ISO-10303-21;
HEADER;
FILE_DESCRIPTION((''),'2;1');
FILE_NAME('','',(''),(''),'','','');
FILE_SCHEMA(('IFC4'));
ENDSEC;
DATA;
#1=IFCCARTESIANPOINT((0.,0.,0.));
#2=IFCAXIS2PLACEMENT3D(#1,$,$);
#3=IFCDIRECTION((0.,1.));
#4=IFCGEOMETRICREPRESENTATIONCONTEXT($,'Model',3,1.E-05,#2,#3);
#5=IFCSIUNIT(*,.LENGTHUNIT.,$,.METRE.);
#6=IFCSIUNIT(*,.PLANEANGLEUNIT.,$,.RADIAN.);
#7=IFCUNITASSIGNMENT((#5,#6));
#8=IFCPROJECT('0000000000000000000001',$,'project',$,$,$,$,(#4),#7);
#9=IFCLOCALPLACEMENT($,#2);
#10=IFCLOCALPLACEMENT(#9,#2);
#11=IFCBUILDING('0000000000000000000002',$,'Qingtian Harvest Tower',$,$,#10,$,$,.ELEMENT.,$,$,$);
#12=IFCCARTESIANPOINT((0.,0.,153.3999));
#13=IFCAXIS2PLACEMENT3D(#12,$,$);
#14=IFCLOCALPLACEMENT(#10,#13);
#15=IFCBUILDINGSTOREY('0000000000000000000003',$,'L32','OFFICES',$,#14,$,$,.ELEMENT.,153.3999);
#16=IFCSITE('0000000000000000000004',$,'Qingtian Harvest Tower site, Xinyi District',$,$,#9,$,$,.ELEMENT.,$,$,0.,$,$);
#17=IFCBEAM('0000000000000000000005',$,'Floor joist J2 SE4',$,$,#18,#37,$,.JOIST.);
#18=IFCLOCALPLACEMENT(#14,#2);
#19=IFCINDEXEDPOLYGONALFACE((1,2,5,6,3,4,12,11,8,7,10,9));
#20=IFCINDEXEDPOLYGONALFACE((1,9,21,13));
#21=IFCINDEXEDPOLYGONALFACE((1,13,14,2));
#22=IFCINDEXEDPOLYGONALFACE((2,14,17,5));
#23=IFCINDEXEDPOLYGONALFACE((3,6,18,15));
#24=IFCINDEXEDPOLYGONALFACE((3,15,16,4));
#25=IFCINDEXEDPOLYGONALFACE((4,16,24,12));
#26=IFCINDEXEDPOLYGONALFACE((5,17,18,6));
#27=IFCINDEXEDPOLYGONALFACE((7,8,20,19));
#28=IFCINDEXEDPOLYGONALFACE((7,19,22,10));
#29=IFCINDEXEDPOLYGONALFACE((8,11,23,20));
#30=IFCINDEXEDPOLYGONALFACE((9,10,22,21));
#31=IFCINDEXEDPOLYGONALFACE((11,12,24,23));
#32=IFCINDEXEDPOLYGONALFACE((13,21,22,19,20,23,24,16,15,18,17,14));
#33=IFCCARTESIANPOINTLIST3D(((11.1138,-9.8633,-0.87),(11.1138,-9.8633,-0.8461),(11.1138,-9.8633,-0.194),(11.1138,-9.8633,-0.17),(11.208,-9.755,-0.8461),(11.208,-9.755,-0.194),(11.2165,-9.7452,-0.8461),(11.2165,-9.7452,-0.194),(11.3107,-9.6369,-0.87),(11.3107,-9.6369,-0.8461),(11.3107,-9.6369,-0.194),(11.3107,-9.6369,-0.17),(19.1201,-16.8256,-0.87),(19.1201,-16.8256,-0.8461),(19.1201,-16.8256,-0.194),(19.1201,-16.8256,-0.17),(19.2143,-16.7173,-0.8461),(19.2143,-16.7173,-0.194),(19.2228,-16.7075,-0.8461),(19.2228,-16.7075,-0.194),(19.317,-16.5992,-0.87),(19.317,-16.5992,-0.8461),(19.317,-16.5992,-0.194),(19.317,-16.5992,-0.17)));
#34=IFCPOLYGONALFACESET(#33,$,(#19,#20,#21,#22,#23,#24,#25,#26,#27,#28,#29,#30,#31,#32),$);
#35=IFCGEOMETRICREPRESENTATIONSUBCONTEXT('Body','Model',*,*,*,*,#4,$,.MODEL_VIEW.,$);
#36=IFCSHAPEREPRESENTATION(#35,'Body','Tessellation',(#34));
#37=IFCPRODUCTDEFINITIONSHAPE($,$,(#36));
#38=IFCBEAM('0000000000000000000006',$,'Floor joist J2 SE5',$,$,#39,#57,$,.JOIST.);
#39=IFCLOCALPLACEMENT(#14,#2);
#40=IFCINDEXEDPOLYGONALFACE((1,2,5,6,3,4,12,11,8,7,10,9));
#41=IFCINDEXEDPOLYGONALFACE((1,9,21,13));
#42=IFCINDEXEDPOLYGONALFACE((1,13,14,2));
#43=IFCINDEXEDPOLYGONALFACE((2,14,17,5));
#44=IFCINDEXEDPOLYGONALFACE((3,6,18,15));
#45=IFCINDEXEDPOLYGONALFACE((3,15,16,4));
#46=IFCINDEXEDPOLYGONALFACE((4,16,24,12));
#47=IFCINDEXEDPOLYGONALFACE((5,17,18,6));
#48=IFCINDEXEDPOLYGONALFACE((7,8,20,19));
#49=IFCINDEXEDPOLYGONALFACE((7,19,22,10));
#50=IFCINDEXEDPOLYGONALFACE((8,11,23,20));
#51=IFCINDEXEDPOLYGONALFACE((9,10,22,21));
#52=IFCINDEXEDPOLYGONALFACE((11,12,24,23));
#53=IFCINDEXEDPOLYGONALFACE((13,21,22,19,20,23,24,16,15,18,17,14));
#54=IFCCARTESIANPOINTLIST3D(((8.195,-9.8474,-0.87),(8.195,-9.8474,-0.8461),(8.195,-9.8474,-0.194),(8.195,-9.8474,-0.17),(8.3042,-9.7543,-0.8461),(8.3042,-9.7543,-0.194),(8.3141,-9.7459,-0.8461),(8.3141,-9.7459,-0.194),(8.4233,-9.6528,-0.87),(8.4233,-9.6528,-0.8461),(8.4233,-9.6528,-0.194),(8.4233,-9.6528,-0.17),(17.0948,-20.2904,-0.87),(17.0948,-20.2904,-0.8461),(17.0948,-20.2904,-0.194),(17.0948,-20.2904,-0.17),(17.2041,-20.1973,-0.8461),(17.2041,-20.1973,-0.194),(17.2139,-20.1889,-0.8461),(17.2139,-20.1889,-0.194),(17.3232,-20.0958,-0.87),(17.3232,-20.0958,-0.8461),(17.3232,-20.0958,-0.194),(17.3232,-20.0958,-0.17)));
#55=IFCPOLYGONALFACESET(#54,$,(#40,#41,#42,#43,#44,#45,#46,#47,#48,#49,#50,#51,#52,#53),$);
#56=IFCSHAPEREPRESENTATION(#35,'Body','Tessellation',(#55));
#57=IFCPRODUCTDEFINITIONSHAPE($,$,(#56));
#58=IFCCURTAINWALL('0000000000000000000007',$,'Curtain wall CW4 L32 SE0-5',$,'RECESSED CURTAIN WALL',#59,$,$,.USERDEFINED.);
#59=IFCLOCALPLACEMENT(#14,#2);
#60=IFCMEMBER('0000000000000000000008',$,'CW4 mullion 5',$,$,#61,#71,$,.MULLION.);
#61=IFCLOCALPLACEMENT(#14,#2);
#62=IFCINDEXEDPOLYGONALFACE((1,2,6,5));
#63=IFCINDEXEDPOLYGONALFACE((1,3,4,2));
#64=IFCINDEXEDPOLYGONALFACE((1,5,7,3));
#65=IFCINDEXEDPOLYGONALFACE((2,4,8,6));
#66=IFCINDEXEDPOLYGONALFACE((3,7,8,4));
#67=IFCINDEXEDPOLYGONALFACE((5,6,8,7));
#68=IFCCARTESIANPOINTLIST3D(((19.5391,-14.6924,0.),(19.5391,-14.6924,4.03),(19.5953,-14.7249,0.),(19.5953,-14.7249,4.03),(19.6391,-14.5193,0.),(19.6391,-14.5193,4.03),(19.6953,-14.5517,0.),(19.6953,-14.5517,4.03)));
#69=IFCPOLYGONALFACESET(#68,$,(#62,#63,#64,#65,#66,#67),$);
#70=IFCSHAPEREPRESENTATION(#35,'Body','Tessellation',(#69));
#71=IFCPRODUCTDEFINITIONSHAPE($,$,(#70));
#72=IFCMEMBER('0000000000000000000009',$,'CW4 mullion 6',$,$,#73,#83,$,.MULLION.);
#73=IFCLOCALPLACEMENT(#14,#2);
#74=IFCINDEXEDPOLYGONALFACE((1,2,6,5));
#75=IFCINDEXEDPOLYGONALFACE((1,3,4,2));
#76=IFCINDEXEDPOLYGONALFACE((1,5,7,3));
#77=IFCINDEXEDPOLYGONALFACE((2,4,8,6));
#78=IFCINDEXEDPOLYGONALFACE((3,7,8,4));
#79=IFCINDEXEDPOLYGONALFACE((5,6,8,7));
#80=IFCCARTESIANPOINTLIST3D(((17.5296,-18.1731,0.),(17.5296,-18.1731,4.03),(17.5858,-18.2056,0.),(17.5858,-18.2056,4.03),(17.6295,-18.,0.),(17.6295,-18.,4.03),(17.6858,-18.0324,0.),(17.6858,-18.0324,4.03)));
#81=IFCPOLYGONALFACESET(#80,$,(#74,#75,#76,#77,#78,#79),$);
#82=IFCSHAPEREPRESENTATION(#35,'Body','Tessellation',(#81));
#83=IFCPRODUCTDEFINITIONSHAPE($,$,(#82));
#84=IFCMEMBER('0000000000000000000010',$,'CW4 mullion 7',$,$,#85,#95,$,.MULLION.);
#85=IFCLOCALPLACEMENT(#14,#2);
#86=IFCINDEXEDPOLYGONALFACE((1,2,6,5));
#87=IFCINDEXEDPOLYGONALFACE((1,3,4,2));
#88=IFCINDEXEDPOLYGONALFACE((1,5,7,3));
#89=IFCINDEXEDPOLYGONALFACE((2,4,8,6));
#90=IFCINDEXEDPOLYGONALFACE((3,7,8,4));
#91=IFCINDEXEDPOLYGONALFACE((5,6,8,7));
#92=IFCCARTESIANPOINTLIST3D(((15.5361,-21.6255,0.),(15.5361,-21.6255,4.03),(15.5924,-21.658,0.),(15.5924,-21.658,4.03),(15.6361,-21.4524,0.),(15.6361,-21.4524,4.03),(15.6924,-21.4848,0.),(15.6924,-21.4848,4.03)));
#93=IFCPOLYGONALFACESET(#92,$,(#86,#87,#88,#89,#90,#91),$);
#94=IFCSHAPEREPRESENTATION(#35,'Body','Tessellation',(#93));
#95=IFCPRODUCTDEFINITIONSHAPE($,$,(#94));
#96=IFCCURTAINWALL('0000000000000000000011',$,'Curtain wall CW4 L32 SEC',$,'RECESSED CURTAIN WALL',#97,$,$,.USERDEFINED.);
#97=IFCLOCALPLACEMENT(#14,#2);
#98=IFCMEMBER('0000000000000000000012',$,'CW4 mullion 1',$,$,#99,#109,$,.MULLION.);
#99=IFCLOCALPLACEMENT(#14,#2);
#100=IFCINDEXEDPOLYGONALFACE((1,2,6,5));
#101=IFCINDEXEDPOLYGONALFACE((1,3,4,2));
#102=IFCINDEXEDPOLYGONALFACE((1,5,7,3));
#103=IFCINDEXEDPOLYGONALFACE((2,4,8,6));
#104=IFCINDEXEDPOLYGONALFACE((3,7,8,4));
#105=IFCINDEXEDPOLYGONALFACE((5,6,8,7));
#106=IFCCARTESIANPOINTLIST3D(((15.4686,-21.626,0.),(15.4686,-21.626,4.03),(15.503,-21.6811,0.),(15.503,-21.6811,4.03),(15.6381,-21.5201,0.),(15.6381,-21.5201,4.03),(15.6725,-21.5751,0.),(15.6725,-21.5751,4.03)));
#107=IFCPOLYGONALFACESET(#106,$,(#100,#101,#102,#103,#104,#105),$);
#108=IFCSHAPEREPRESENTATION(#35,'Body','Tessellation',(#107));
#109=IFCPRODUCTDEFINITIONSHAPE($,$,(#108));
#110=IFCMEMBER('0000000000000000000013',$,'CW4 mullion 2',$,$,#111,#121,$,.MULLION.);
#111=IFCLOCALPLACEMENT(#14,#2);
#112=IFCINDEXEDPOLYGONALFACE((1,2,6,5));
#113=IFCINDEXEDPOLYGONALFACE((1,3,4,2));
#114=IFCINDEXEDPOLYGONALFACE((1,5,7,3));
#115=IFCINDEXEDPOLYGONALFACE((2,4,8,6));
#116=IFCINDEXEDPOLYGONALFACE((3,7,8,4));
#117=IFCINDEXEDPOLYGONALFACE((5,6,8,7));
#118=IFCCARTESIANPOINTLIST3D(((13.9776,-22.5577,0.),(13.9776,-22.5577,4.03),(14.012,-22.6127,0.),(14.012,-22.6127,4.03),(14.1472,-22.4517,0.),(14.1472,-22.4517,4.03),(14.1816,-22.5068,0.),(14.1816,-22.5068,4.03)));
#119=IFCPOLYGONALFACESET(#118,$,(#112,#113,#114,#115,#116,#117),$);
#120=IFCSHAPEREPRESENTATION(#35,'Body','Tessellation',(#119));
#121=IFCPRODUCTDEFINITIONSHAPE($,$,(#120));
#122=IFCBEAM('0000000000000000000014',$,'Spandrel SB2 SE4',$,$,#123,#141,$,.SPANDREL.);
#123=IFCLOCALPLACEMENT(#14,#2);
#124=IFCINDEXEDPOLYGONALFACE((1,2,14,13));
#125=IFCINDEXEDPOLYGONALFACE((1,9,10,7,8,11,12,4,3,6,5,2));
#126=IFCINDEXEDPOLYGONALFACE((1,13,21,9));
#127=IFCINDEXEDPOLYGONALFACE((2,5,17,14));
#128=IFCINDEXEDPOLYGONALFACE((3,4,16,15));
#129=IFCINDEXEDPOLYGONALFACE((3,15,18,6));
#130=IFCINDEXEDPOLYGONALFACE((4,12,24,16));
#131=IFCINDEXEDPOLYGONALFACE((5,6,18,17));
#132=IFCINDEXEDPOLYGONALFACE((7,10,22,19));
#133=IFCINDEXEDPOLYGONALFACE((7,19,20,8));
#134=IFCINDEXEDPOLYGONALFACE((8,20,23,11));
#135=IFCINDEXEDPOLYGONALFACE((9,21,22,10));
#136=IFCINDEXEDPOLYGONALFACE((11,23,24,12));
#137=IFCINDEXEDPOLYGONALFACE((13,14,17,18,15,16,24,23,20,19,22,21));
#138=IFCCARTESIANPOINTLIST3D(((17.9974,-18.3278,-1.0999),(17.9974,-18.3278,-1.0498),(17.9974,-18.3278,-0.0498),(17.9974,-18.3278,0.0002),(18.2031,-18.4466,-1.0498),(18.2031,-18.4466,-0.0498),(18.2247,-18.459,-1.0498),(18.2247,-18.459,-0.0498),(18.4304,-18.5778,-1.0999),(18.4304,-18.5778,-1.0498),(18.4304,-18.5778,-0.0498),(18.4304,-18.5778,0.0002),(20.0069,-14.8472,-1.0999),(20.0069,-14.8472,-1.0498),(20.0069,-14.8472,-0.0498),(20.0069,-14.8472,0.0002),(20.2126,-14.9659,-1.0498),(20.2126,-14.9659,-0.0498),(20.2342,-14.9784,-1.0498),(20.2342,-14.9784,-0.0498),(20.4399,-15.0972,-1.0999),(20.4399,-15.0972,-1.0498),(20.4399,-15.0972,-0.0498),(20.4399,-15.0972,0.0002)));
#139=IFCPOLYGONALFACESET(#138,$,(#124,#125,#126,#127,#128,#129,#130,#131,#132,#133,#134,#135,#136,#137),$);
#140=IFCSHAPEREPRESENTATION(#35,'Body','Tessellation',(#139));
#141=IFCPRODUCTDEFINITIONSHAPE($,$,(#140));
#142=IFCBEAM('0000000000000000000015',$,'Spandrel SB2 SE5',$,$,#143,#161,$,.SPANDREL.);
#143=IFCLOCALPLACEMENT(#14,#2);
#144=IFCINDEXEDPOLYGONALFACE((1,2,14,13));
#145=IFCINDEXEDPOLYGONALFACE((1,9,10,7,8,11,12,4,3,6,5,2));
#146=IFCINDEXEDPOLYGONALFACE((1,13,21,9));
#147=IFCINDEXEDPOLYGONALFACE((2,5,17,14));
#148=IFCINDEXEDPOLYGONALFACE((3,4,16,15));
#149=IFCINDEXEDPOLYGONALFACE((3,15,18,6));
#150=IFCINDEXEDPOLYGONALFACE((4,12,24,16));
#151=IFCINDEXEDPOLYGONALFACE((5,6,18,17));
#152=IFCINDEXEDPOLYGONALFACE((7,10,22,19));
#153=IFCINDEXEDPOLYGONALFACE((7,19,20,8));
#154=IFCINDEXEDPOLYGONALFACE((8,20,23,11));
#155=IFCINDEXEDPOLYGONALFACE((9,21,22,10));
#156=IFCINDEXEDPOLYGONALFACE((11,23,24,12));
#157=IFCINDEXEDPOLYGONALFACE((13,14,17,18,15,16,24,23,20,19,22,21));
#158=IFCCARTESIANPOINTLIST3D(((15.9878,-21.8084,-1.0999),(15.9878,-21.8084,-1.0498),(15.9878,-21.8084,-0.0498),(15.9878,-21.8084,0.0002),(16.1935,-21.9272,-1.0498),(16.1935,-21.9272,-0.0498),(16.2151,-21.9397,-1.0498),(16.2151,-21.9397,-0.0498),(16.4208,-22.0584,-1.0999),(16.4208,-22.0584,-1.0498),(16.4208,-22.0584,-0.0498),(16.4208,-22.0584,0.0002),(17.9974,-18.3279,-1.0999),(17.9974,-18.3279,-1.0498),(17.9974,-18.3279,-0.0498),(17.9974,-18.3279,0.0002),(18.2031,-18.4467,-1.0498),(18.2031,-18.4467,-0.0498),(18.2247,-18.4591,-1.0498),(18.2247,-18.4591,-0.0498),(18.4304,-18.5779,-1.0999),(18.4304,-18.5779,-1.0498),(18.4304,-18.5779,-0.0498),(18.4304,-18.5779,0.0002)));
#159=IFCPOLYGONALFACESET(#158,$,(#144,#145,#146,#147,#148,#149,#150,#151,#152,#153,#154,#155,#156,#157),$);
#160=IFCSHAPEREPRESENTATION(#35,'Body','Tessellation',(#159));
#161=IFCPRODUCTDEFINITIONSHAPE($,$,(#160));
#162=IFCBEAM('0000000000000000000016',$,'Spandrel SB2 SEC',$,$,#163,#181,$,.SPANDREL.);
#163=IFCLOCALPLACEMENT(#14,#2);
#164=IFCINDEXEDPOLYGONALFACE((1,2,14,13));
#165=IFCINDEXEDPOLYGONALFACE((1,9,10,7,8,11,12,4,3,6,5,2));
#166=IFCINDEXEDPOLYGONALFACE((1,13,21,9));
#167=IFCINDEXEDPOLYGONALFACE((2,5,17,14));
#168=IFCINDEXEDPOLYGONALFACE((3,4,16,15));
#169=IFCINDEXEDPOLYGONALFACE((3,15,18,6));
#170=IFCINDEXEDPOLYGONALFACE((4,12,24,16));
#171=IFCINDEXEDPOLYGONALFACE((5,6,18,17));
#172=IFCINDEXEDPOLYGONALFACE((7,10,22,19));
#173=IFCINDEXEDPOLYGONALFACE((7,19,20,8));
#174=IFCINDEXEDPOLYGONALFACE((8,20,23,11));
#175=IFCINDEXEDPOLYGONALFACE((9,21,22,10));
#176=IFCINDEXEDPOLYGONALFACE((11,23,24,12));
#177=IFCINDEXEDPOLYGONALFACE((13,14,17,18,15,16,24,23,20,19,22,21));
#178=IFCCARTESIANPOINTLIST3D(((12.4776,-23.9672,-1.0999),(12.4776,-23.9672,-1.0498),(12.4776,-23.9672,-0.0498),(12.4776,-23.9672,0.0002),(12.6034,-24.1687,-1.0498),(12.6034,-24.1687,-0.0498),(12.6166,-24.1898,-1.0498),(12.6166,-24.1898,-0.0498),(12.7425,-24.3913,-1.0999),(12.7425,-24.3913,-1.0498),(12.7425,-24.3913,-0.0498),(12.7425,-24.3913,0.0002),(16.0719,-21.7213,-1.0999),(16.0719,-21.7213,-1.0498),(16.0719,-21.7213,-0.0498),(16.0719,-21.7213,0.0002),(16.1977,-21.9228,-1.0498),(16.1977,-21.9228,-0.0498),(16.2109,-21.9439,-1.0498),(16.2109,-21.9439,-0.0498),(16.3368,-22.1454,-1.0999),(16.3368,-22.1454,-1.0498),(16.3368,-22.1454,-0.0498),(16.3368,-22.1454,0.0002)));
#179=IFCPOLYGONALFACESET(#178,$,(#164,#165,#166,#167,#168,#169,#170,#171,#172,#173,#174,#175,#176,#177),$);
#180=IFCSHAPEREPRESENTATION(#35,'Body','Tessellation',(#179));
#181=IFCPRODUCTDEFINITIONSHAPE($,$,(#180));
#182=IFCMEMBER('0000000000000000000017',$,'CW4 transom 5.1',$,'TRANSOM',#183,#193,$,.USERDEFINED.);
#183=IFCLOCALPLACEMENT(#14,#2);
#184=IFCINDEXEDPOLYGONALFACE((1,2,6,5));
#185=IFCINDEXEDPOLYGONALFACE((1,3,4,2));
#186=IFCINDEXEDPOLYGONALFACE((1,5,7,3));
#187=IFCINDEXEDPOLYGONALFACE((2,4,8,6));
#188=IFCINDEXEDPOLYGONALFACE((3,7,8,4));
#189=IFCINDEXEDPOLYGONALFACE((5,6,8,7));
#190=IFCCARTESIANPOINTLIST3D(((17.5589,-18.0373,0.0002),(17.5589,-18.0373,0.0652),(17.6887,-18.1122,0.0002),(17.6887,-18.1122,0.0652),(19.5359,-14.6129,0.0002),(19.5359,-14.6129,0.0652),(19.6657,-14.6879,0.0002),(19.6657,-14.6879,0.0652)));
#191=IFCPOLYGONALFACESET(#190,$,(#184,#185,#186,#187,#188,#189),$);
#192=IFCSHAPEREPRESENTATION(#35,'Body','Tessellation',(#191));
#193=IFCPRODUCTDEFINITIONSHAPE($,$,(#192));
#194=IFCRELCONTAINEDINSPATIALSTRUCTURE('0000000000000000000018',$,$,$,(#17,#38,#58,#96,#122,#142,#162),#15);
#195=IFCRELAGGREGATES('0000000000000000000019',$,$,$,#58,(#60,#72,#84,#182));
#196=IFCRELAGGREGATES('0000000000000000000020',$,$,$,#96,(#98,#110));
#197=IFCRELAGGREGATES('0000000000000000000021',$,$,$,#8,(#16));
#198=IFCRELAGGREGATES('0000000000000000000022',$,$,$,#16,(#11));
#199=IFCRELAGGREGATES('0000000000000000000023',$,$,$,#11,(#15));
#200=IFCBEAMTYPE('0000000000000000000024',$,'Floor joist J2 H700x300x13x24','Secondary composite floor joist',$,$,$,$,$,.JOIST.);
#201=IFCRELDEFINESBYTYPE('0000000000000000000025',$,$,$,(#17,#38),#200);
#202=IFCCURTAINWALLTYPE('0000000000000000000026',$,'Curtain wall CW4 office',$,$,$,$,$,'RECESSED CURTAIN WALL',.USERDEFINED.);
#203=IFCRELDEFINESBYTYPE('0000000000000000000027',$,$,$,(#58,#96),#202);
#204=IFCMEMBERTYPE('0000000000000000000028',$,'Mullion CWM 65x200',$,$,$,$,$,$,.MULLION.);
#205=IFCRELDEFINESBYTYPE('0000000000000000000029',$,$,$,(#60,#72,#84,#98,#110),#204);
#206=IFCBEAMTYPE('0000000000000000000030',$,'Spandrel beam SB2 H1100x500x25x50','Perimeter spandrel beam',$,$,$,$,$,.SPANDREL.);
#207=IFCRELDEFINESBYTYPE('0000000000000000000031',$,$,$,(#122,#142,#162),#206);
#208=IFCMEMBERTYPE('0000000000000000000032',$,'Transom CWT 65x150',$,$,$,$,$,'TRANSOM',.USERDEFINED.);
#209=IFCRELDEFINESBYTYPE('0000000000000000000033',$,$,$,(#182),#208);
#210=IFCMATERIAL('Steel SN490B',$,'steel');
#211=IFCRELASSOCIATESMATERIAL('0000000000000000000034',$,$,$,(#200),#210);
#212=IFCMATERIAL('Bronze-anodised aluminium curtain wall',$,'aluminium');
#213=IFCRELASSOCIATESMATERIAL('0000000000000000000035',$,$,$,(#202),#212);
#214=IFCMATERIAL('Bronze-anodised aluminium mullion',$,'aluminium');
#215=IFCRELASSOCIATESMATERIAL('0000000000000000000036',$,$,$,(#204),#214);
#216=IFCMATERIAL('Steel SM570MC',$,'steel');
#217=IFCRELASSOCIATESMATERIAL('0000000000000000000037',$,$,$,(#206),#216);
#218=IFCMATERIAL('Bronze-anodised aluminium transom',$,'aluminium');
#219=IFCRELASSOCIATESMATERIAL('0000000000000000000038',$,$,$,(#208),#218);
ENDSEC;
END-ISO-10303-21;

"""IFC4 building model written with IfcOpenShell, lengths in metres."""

from ifc_helpers import new_model, si_unit, direction, frame, origin, origin_2d, place, context, subcontext, project, spatial, rectangle, i_section, extrude, material, material_profile, profile_set, type_object, element, aggregate, save


model = new_model("IFC4")

# Units and contexts
model_context = context("Model", 3, precision=1e-05, world=origin(), true_north=direction((0.0, 1.0)))
body_context = subcontext(model_context, "Body", "Model", "MODEL_VIEW")
ifc_project = project(units=[si_unit("LENGTHUNIT", "METRE"), si_unit("PLANEANGLEUNIT", "RADIAN")], contexts=[model_context])

# Site, building, storey
site_placement = place(None, origin())
site = spatial("IfcSite", under=ifc_project, at=site_placement, Name="Qingtian Harvest Tower site, Xinyi District", CompositionType="ELEMENT", RefElevation=0.0)
building_placement = place(site_placement, origin())
building = spatial("IfcBuilding", under=site, at=building_placement, Name="Qingtian Harvest Tower", CompositionType="ELEMENT")
storey_placement = place(building_placement, frame((0.0, 0.0, 153.3999)))
storey = spatial("IfcBuildingStorey", under=building, at=storey_placement, Name="L32", Description="OFFICES", CompositionType="ELEMENT", Elevation=153.3999)

# Beams
ifc_material_1 = material(Name="Steel SN490B", Category="steel")
ifc_material_profile_1 = material_profile(ifc_material_1, i_section(OverallWidth=0.3, OverallDepth=0.7, WebThickness=0.0129, FlangeThickness=0.0239, at=origin_2d()), Name="H700x300x13x24")
ifc_profile_set_1 = profile_set([ifc_material_profile_1], Name="Steel SN490B")
beam_type_1 = type_object("IfcBeamType", Name="Floor joist J2 H700x300x13x24", Description="Secondary composite floor joist", PredefinedType="JOIST", material=ifc_profile_set_1)
beam_1_placement = place(storey_placement, frame((19.2185, -16.7124, -0.52), z_axis=(-0.754589, 0.656198, 0.0), x_axis=(-0.656198, -0.754589, 0.0)))
element("IfcBeam", 1, at=beam_1_placement, inside=storey, type_object=beam_type_1, Name="Floor joist J2 SE4", PredefinedType="JOIST", context=body_context, shape_type="SweptSolid", body=[
    extrude(i_section(OverallWidth=0.3, OverallDepth=0.7, WebThickness=0.0129, FlangeThickness=0.0239, at=origin_2d()), origin(), (0.0, 0.0, 1.0), 10.6101),
])
beam_2_placement = place(storey_placement, frame((17.209, -20.1931, -0.52), z_axis=(-0.648632, 0.761102, 0.0), x_axis=(-0.761102, -0.648632, 0.0)))
element("IfcBeam", 2, at=beam_2_placement, inside=storey, type_object=beam_type_1, Name="Floor joist J2 SE5", PredefinedType="JOIST", context=body_context, shape_type="SweptSolid", body=[
    extrude(i_section(OverallWidth=0.3, OverallDepth=0.7, WebThickness=0.0129, FlangeThickness=0.0239, at=origin_2d()), origin(), (0.0, 0.0, 1.0), 13.7209),
])

# Curtain walls, members
ifc_material_2 = material(Name="Bronze-anodised aluminium curtain wall", Category="aluminium")
curtain_wall_type = type_object("IfcCurtainWallType", Name="Curtain wall CW4 office", ElementType="RECESSED CURTAIN WALL", PredefinedType="USERDEFINED", material=ifc_material_2)
curtain_wall_1_placement = place(storey_placement, origin())
curtain_wall_1 = element("IfcCurtainWall", 3, at=curtain_wall_1_placement, inside=storey, type_object=curtain_wall_type, Name="Curtain wall CW4 L32 SE0-5", ObjectType="RECESSED CURTAIN WALL", PredefinedType="USERDEFINED")
ifc_material_3 = material(Name="Bronze-anodised aluminium mullion", Category="aluminium")
ifc_material_profile_2 = material_profile(ifc_material_3, rectangle(XDim=0.0649, YDim=0.2, at=origin_2d()), Name="AL 65x200")
ifc_profile_set_2 = profile_set([ifc_material_profile_2], Name="Bronze-anodised aluminium mullion")
member_type_1 = type_object("IfcMemberType", Name="Mullion CWM 65x200", PredefinedType="MULLION", material=ifc_profile_set_2)
member_1_placement = place(storey_placement, frame((19.6172, -14.6221, 0.0), z_axis=(0.0, 0.0, 1.0), x_axis=(0.866025, -0.5, 0.0)))
member_1 = element("IfcMember", 4, at=member_1_placement, type_object=member_type_1, Name="CW4 mullion 5", PredefinedType="MULLION", context=body_context, shape_type="SweptSolid", body=[
    extrude(rectangle(XDim=0.0649, YDim=0.2, at=origin_2d()), origin(), (0.0, 0.0, 1.0), 4.03),
])
member_2_placement = place(storey_placement, frame((17.6077, -18.1028, 0.0), z_axis=(0.0, 0.0, 1.0), x_axis=(0.866025, -0.5, 0.0)))
member_2 = element("IfcMember", 5, at=member_2_placement, type_object=member_type_1, Name="CW4 mullion 6", PredefinedType="MULLION", context=body_context, shape_type="SweptSolid", body=[
    extrude(rectangle(XDim=0.0649, YDim=0.2, at=origin_2d()), origin(), (0.0, 0.0, 1.0), 4.03),
])
member_3_placement = place(storey_placement, frame((15.6143, -21.5552, 0.0), z_axis=(0.0, 0.0, 1.0), x_axis=(0.866025, -0.5, 0.0)))
member_3 = element("IfcMember", 6, at=member_3_placement, type_object=member_type_1, Name="CW4 mullion 7", PredefinedType="MULLION", context=body_context, shape_type="SweptSolid", body=[
    extrude(rectangle(XDim=0.0649, YDim=0.2, at=origin_2d()), origin(), (0.0, 0.0, 1.0), 4.03),
])
curtain_wall_2_placement = place(storey_placement, origin())
curtain_wall_2 = element("IfcCurtainWall", 7, at=curtain_wall_2_placement, inside=storey, type_object=curtain_wall_type, Name="Curtain wall CW4 L32 SEC", ObjectType="RECESSED CURTAIN WALL", PredefinedType="USERDEFINED")
member_4_placement = place(storey_placement, frame((15.5706, -21.6006, 0.0), z_axis=(0.0, 0.0, 1.0), x_axis=(0.529919, -0.848048, 0.0)))
member_4 = element("IfcMember", 8, at=member_4_placement, type_object=member_type_1, Name="CW4 mullion 1", PredefinedType="MULLION", context=body_context, shape_type="SweptSolid", body=[
    extrude(rectangle(XDim=0.0649, YDim=0.2, at=origin_2d()), origin(), (0.0, 0.0, 1.0), 4.03),
])
member_5_placement = place(storey_placement, frame((14.0796, -22.5322, 0.0), z_axis=(0.0, 0.0, 1.0), x_axis=(0.529919, -0.848048, 0.0)))
member_5 = element("IfcMember", 9, at=member_5_placement, type_object=member_type_1, Name="CW4 mullion 2", PredefinedType="MULLION", context=body_context, shape_type="SweptSolid", body=[
    extrude(rectangle(XDim=0.0649, YDim=0.2, at=origin_2d()), origin(), (0.0, 0.0, 1.0), 4.03),
])

# Beams
ifc_material_4 = material(Name="Steel SM570MC", Category="steel")
ifc_material_profile_3 = material_profile(ifc_material_4, i_section(OverallWidth=0.5, OverallDepth=1.1001, WebThickness=0.0249, FlangeThickness=0.05, at=origin_2d()), Name="H1100x500x25x50")
ifc_profile_set_3 = profile_set([ifc_material_profile_3], Name="Steel SM570MC")
beam_type_2 = type_object("IfcBeamType", Name="Spandrel beam SB2 H1100x500x25x50", Description="Perimeter spandrel beam", PredefinedType="SPANDREL", material=ifc_profile_set_3)
for number, where, z_axis, x_axis, name in (
    (10, (20.2234, -14.9722, -0.5498), (-0.499987, -0.866033, 0.0), (0.866033, -0.499987, 0.0), "Spandrel SB2 SE4"),
    (11, (18.2139, -18.4529, -0.5498), (-0.500013, -0.866018, 0.0), (0.866018, -0.500013, 0.0), "Spandrel SB2 SE5"),
):
    element("IfcBeam", number, at=place(storey_placement, frame(where, z_axis=z_axis, x_axis=x_axis)), inside=storey, type_object=beam_type_2, Name=name, PredefinedType="SPANDREL", context=body_context, shape_type="SweptSolid", body=[
        extrude(i_section(OverallWidth=0.5, OverallDepth=1.1001, WebThickness=0.0249, FlangeThickness=0.05, at=origin_2d()), origin(), (0.0, 0.0, 1.0), 4.019),
    ])
beam_3_placement = place(storey_placement, frame((16.2043, -21.9333, -0.5498), z_axis=(-0.848057, -0.529906, 0.0), x_axis=(0.529906, -0.848057, 0.0)))
element("IfcBeam", 12, at=beam_3_placement, inside=storey, type_object=beam_type_2, Name="Spandrel SB2 SEC", PredefinedType="SPANDREL", context=body_context, shape_type="SweptSolid", body=[
    extrude(i_section(OverallWidth=0.5, OverallDepth=1.1001, WebThickness=0.0249, FlangeThickness=0.05, at=origin_2d()), origin(), (0.0, 0.0, 1.0), 4.2383),
])

# Member
ifc_material_5 = material(Name="Bronze-anodised aluminium transom", Category="aluminium")
ifc_material_profile_4 = material_profile(ifc_material_5, rectangle(XDim=0.1499, YDim=0.0649, at=origin_2d()), Name="AL 65x150")
ifc_profile_set_4 = profile_set([ifc_material_profile_4], Name="Bronze-anodised aluminium transom")
member_type_2 = type_object("IfcMemberType", Name="Transom CWT 65x150", ElementType="TRANSOM", PredefinedType="USERDEFINED", material=ifc_profile_set_4)
member_6_placement = place(storey_placement, frame((19.6008, -14.6504, 0.0327), z_axis=(-0.500004, -0.866023, 0.0), x_axis=(0.866023, -0.500004, 0.0)))
member_6 = element("IfcMember", 13, at=member_6_placement, type_object=member_type_2, Name="CW4 transom 5.1", ObjectType="TRANSOM", PredefinedType="USERDEFINED", context=body_context, shape_type="SweptSolid", body=[
    extrude(rectangle(XDim=0.1499, YDim=0.0649, at=origin_2d()), origin(), (0.0, 0.0, 1.0), 3.9541),
])

aggregate(curtain_wall_1, [member_1, member_2, member_3, member_6])
aggregate(curtain_wall_2, [member_4, member_5])

save(model, "model.ifc")
